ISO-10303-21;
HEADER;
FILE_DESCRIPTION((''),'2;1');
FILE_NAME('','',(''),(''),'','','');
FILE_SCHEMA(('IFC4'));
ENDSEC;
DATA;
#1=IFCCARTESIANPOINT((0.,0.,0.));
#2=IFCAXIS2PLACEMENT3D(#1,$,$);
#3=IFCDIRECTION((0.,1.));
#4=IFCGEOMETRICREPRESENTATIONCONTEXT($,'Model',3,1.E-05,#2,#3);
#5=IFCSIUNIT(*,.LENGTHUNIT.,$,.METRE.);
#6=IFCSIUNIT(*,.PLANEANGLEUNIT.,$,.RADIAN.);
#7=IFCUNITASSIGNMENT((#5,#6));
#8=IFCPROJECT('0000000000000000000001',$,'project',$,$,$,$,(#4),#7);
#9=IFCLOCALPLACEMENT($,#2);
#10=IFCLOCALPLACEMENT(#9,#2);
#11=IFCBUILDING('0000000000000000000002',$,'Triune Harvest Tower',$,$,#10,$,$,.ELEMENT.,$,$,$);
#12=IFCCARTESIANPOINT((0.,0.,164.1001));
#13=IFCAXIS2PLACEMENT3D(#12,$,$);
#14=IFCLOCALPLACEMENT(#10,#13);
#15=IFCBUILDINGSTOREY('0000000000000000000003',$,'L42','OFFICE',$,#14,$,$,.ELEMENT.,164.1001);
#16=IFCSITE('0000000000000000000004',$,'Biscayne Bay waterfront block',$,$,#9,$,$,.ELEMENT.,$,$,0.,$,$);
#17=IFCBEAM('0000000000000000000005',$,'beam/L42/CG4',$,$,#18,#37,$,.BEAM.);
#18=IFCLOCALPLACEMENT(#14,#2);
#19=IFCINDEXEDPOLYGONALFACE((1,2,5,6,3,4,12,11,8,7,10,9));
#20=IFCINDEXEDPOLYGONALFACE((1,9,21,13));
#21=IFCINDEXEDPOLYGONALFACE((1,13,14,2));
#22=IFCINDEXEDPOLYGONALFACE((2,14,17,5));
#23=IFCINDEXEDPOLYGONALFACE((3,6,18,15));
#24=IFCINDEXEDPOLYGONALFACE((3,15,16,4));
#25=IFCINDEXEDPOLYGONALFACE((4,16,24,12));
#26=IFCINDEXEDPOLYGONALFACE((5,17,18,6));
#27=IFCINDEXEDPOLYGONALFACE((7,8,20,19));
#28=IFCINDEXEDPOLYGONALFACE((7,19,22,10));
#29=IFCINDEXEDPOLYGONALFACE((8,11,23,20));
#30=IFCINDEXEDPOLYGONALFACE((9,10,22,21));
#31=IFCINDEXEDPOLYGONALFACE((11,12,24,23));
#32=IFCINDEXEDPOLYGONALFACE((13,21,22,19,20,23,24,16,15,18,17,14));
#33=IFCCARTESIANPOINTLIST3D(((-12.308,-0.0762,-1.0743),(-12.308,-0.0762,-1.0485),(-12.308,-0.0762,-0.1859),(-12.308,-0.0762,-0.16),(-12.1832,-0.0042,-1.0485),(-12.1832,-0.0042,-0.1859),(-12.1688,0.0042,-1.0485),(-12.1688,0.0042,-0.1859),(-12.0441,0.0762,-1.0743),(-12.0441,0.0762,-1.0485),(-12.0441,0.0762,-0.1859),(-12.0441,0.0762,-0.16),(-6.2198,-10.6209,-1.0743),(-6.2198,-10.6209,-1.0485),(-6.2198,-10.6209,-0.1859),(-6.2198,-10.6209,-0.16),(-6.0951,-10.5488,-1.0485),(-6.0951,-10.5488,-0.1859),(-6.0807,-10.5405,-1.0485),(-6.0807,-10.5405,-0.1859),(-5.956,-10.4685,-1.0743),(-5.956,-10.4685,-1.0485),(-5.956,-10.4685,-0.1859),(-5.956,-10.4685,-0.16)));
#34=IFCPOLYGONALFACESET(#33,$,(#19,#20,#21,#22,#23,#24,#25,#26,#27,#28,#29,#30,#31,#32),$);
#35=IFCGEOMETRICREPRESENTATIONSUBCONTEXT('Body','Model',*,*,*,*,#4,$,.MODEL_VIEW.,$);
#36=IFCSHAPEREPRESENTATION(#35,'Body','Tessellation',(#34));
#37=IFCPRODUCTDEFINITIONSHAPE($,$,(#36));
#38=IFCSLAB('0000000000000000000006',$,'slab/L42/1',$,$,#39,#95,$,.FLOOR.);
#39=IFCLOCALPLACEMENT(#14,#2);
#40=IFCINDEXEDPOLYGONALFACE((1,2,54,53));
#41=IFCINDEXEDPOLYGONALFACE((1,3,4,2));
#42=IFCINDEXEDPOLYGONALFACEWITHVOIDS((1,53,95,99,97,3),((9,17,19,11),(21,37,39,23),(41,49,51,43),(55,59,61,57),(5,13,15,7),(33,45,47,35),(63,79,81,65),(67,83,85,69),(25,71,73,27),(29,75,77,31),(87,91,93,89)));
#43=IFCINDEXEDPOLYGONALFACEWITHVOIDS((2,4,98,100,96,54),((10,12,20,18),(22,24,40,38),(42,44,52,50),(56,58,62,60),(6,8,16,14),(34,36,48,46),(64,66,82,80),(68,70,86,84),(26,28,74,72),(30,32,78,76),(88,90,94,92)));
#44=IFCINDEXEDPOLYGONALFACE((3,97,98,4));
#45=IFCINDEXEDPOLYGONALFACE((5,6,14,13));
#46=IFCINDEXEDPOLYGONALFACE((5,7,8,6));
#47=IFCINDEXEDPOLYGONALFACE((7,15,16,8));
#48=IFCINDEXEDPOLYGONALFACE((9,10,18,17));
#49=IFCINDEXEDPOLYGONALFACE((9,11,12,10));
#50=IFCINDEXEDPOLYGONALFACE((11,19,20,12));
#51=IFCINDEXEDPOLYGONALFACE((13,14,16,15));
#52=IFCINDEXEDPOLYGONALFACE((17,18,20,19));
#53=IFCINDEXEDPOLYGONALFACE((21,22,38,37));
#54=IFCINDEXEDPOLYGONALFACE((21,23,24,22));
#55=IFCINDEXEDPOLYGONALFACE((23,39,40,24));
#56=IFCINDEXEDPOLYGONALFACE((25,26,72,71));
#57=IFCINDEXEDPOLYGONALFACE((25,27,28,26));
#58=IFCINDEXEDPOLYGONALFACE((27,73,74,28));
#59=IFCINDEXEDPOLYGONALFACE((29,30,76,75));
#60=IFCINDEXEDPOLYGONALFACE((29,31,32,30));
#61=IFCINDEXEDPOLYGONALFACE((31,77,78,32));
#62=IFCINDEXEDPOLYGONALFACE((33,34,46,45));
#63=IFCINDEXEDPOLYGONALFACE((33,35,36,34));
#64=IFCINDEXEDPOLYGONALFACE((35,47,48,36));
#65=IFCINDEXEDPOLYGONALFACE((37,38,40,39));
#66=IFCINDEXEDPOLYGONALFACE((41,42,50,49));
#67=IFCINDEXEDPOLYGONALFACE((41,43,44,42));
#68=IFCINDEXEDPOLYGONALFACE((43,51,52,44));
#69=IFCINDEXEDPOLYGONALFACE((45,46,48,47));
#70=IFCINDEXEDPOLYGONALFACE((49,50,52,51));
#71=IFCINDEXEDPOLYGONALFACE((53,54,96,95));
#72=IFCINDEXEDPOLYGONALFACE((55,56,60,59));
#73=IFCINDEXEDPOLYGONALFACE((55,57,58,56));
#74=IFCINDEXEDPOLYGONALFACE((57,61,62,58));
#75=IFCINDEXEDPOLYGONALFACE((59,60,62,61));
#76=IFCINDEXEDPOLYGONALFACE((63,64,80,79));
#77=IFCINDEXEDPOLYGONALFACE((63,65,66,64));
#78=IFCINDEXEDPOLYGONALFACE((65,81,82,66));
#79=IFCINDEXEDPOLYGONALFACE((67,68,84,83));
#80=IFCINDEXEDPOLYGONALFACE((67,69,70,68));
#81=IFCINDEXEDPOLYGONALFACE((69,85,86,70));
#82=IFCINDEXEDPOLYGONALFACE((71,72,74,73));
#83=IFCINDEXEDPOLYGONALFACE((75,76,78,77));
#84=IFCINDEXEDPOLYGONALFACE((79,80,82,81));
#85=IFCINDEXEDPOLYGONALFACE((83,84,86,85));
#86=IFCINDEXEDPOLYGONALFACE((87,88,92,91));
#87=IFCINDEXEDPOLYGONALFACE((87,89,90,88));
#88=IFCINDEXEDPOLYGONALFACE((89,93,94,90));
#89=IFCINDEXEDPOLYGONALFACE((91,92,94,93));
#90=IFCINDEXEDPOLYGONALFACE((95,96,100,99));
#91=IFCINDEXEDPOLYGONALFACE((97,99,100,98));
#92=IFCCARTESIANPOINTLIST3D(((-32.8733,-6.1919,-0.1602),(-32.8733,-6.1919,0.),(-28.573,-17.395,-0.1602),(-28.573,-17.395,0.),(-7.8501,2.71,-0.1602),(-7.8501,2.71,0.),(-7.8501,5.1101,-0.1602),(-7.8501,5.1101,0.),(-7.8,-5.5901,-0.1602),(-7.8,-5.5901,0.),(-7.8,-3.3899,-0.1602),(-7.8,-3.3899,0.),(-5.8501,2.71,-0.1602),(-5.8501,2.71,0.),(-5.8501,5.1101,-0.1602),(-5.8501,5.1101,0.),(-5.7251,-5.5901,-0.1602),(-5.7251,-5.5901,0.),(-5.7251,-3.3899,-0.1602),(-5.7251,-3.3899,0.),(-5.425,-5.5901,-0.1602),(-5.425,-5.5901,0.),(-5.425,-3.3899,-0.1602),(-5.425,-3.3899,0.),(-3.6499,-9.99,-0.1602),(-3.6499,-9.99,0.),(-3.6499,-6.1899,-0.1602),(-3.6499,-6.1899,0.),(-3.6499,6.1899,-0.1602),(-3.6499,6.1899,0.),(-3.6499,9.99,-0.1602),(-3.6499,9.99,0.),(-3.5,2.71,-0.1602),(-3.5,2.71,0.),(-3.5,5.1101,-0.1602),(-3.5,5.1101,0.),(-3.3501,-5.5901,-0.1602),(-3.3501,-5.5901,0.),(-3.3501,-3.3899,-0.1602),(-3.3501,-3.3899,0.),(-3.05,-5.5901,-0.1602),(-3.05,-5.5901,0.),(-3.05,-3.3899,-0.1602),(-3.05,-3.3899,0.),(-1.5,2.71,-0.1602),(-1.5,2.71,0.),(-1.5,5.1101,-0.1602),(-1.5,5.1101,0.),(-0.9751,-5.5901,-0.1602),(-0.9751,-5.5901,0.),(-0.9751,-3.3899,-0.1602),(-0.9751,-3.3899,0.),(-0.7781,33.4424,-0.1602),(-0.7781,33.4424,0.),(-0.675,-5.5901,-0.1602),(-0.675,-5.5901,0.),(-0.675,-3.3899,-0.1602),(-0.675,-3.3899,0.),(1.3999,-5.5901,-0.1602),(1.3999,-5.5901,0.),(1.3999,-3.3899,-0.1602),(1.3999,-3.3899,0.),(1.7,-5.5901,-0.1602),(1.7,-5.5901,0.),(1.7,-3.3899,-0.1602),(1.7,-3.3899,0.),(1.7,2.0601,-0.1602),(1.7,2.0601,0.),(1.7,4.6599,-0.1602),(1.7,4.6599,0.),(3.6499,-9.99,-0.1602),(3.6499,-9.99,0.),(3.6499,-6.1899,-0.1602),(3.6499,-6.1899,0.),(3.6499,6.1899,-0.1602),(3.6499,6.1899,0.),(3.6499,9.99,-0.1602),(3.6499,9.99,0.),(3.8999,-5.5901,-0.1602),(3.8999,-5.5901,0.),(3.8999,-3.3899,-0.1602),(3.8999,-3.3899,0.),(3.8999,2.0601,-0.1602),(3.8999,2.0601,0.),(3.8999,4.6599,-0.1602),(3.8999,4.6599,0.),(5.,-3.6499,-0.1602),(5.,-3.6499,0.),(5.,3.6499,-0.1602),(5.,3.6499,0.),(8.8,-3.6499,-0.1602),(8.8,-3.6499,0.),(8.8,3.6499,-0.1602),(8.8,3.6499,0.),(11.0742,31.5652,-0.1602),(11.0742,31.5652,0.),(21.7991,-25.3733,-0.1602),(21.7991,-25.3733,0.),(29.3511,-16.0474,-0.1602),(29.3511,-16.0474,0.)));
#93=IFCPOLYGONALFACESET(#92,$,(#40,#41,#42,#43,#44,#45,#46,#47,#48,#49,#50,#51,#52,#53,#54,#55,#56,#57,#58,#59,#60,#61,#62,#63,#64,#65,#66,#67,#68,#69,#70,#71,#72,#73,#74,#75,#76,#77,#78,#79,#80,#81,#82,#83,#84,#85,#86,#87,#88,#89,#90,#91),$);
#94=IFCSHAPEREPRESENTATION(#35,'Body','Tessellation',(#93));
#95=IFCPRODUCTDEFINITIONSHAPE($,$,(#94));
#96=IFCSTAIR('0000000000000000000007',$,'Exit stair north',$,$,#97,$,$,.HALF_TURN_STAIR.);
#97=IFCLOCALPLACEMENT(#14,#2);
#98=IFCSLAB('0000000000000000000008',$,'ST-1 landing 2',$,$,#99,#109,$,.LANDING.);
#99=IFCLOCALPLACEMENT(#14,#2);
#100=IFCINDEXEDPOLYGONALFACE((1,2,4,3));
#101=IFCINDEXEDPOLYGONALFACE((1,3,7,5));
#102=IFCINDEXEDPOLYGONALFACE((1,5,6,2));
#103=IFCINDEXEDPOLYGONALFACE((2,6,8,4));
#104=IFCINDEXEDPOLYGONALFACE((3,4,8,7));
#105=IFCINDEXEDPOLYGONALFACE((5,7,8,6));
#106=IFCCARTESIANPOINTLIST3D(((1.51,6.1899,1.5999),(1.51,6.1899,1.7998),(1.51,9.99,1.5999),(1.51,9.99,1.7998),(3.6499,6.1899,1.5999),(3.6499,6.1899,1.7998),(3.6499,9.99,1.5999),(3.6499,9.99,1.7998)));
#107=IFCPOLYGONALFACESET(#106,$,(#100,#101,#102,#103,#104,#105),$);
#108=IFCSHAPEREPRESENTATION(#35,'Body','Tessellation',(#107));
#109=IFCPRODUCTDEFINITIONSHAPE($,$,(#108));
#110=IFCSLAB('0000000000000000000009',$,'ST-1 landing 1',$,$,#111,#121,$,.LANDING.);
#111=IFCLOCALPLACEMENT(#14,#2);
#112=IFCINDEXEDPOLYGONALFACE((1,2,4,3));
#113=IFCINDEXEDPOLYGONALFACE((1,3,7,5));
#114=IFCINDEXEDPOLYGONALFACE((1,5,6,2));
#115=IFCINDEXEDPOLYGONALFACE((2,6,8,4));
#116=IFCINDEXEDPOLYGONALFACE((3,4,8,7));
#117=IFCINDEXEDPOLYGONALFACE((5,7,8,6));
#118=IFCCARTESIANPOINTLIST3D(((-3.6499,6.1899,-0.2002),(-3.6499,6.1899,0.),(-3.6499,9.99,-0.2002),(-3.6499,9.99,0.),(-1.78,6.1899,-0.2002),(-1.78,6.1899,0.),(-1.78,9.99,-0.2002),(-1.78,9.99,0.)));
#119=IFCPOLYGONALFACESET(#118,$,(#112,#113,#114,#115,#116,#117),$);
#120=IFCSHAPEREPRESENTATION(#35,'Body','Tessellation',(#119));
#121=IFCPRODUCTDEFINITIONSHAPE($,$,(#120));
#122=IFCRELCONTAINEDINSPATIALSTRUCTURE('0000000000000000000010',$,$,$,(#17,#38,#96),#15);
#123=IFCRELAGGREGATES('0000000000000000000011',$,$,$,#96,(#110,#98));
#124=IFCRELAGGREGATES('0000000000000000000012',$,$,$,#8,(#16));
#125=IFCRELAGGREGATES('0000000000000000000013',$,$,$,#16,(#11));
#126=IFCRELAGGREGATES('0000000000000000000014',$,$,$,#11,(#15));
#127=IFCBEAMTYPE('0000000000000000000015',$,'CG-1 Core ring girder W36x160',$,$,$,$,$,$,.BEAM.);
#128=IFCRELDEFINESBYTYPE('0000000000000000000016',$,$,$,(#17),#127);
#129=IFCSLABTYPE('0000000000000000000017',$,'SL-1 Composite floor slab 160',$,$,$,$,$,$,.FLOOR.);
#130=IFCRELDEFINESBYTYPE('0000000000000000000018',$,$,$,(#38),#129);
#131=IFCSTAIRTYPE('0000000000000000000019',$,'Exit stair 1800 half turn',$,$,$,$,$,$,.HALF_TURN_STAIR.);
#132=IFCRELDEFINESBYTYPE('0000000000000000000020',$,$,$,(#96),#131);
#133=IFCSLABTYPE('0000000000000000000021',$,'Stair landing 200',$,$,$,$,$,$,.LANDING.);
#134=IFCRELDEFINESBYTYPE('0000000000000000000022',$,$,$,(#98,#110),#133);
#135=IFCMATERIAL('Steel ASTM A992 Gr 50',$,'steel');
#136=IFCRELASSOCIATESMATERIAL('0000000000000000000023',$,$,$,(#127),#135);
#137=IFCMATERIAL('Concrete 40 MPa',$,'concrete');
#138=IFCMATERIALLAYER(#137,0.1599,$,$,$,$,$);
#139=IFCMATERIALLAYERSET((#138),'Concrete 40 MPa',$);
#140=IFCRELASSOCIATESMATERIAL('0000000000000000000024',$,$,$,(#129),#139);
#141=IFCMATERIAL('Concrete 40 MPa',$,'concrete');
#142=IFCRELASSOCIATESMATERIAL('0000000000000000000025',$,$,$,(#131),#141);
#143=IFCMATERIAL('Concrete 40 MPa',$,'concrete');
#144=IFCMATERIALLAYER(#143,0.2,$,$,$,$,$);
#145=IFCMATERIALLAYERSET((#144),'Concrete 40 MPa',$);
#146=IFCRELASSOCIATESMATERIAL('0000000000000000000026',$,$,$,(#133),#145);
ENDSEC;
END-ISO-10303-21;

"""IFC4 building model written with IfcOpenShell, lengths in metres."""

from ifc_helpers import new_model, si_unit, direction, frame, origin, origin_2d, place, context, subcontext, project, spatial, polyline, i_section, outline, extrude, source, transform, mapped, material, layer, layer_set, material_profile, profile_set, type_object, element, aggregate, save


model = new_model("IFC4")

# Units and contexts
model_context = context("Model", 3, precision=1e-05, world=origin(), true_north=direction((0.0, 1.0)))
body_context = subcontext(model_context, "Body", "Model", "MODEL_VIEW")
ifc_project = project(units=[si_unit("LENGTHUNIT", "METRE"), si_unit("PLANEANGLEUNIT", "RADIAN")], contexts=[model_context])

# Site, building, storey
site_placement = place(None, origin())
site = spatial("IfcSite", under=ifc_project, at=site_placement, Name="Biscayne Bay waterfront block", CompositionType="ELEMENT", RefElevation=0.0)
building_placement = place(site_placement, origin())
building = spatial("IfcBuilding", under=site, at=building_placement, Name="Triune Harvest Tower", CompositionType="ELEMENT")
storey_placement = place(building_placement, frame((0.0, 0.0, 164.1001)))
storey = spatial("IfcBuildingStorey", under=building, at=storey_placement, Name="L42", Description="OFFICE", CompositionType="ELEMENT", Elevation=164.1001)

# Beam
ifc_material_1 = material(Name="Steel ASTM A992 Gr 50", Category="steel")
ifc_material_profile = material_profile(ifc_material_1, i_section(OverallWidth=0.3047, OverallDepth=0.9143, WebThickness=0.0166, FlangeThickness=0.0259, at=origin_2d()), Name="W36x160")
ifc_profile_set = profile_set([ifc_material_profile], Name="Steel ASTM A992 Gr 50")
beam_type = type_object("IfcBeamType", Name="CG-1 Core ring girder W36x160", PredefinedType="BEAM", material=ifc_profile_set)
shared_shape_1 = source(origin(), body_context, "Body", "SweptSolid", [
    extrude(i_section(OverallWidth=0.3047, OverallDepth=0.9143, WebThickness=0.0166, FlangeThickness=0.0259, at=origin_2d()), origin(), (0.0, 0.0, 1.0), 12.176),
])
beam_placement = place(storey_placement, frame((-12.176, 0.0, -0.6172), z_axis=(0.50001, -0.86602, 0.0), x_axis=(0.86602, 0.50001, 0.0)))
element("IfcBeam", 1, at=beam_placement, inside=storey, type_object=beam_type, Name="beam/L42/CG4", PredefinedType="BEAM", context=body_context, shape_type="MappedRepresentation", body=[
    mapped(shared_shape_1, transform((0.0, 0.0, 0.0), scale=1.0)),
])

# Slab
ifc_material_2 = material(Name="Concrete 40 MPa", Category="concrete")
ifc_layer_1 = layer(ifc_material_2, 0.1599)
ifc_layer_set_1 = layer_set([ifc_layer_1], Name="Concrete 40 MPa")
slab_type_1 = type_object("IfcSlabType", Name="SL-1 Composite floor slab 160", PredefinedType="FLOOR", material=ifc_layer_set_1)
shared_shape_2 = source(origin(), body_context, "Body", "SweptSolid", [
    extrude(outline(polyline([(29.3511, -16.0474), (11.0742, 31.5652), (-0.7781, 33.4424), (-32.8733, -6.1919), (-28.573, -17.395), (21.7991, -25.3733), (29.3511, -16.0474)]), holes=[polyline([(-5.7251, -5.5901), (-5.7251, -3.3899), (-7.8, -3.3899), (-7.8, -5.5901), (-5.7251, -5.5901)]), polyline([(-3.3501, -5.5901), (-3.3501, -3.3899), (-5.425, -3.3899), (-5.425, -5.5901), (-3.3501, -5.5901)]), polyline([(-0.9751, -5.5901), (-0.9751, -3.3899), (-3.05, -3.3899), (-3.05, -5.5901), (-0.9751, -5.5901)]), polyline([(1.3999, -5.5901), (1.3999, -3.3899), (-0.675, -3.3899), (-0.675, -5.5901), (1.3999, -5.5901)]), polyline([(3.8999, 2.0601), (3.8999, 4.6599), (1.7, 4.6599), (1.7, 2.0601), (3.8999, 2.0601)]), polyline([(3.8999, -5.5901), (3.8999, -3.3899), (1.7, -3.3899), (1.7, -5.5901), (3.8999, -5.5901)]), polyline([(-5.8501, 2.71), (-5.8501, 5.1101), (-7.8501, 5.1101), (-7.8501, 2.71), (-5.8501, 2.71)]), polyline([(-1.5, 2.71), (-1.5, 5.1101), (-3.5, 5.1101), (-3.5, 2.71), (-1.5, 2.71)]), polyline([(3.6499, 6.1899), (3.6499, 9.99), (-3.6499, 9.99), (-3.6499, 6.1899), (3.6499, 6.1899)]), polyline([(3.6499, -9.99), (3.6499, -6.1899), (-3.6499, -6.1899), (-3.6499, -9.99), (3.6499, -9.99)]), polyline([(8.8, -3.6499), (8.8, 3.6499), (5.0, 3.6499), (5.0, -3.6499), (8.8, -3.6499)])]), origin(), (0.0, 0.0, 1.0), 0.1602),
])
slab_1_placement = place(storey_placement, frame((0.0, 0.0, -0.1602)))
element("IfcSlab", 2, at=slab_1_placement, inside=storey, type_object=slab_type_1, Name="slab/L42/1", PredefinedType="FLOOR", context=body_context, shape_type="MappedRepresentation", body=[
    mapped(shared_shape_2, transform((0.0, 0.0, 0.0), scale=1.0)),
])

# Stair, slabs
ifc_material_3 = material(Name="Concrete 40 MPa", Category="concrete")
stair_type = type_object("IfcStairType", Name="Exit stair 1800 half turn", PredefinedType="HALF_TURN_STAIR", material=ifc_material_3)
stair_placement = place(storey_placement, origin())
stair = element("IfcStair", 3, at=stair_placement, inside=storey, type_object=stair_type, Name="Exit stair north", PredefinedType="HALF_TURN_STAIR")
ifc_material_4 = material(Name="Concrete 40 MPa", Category="concrete")
ifc_layer_2 = layer(ifc_material_4, 0.2)
ifc_layer_set_2 = layer_set([ifc_layer_2], Name="Concrete 40 MPa")
slab_type_2 = type_object("IfcSlabType", Name="Stair landing 200", PredefinedType="LANDING", material=ifc_layer_set_2)
shared_shape_3 = source(origin(), body_context, "Body", "SweptSolid", [
    extrude(outline(polyline([(1.51, 6.1899), (3.6499, 6.1899), (3.6499, 9.99), (1.51, 9.99), (1.51, 6.1899)])), origin(), (0.0, 0.0, 1.0), 0.2),
])
slab_2_placement = place(storey_placement, frame((0.0, 0.0, 1.5999)))
slab_2 = element("IfcSlab", 4, at=slab_2_placement, type_object=slab_type_2, Name="ST-1 landing 2", PredefinedType="LANDING", context=body_context, shape_type="MappedRepresentation", body=[
    mapped(shared_shape_3, transform((0.0, 0.0, 0.0), scale=1.0)),
])
shared_shape_4 = source(origin(), body_context, "Body", "SweptSolid", [
    extrude(outline(polyline([(-3.6499, 6.1899), (-1.78, 6.1899), (-1.78, 9.99), (-3.6499, 9.99), (-3.6499, 6.1899)])), origin(), (0.0, 0.0, 1.0), 0.2002),
])
slab_3_placement = place(storey_placement, frame((0.0, 0.0, -0.2002)))
slab_3 = element("IfcSlab", 5, at=slab_3_placement, type_object=slab_type_2, Name="ST-1 landing 1", PredefinedType="LANDING", context=body_context, shape_type="MappedRepresentation", body=[
    mapped(shared_shape_4, transform((0.0, 0.0, 0.0), scale=1.0)),
])
aggregate(stair, [slab_3, slab_2])

save(model, "model.ifc")
